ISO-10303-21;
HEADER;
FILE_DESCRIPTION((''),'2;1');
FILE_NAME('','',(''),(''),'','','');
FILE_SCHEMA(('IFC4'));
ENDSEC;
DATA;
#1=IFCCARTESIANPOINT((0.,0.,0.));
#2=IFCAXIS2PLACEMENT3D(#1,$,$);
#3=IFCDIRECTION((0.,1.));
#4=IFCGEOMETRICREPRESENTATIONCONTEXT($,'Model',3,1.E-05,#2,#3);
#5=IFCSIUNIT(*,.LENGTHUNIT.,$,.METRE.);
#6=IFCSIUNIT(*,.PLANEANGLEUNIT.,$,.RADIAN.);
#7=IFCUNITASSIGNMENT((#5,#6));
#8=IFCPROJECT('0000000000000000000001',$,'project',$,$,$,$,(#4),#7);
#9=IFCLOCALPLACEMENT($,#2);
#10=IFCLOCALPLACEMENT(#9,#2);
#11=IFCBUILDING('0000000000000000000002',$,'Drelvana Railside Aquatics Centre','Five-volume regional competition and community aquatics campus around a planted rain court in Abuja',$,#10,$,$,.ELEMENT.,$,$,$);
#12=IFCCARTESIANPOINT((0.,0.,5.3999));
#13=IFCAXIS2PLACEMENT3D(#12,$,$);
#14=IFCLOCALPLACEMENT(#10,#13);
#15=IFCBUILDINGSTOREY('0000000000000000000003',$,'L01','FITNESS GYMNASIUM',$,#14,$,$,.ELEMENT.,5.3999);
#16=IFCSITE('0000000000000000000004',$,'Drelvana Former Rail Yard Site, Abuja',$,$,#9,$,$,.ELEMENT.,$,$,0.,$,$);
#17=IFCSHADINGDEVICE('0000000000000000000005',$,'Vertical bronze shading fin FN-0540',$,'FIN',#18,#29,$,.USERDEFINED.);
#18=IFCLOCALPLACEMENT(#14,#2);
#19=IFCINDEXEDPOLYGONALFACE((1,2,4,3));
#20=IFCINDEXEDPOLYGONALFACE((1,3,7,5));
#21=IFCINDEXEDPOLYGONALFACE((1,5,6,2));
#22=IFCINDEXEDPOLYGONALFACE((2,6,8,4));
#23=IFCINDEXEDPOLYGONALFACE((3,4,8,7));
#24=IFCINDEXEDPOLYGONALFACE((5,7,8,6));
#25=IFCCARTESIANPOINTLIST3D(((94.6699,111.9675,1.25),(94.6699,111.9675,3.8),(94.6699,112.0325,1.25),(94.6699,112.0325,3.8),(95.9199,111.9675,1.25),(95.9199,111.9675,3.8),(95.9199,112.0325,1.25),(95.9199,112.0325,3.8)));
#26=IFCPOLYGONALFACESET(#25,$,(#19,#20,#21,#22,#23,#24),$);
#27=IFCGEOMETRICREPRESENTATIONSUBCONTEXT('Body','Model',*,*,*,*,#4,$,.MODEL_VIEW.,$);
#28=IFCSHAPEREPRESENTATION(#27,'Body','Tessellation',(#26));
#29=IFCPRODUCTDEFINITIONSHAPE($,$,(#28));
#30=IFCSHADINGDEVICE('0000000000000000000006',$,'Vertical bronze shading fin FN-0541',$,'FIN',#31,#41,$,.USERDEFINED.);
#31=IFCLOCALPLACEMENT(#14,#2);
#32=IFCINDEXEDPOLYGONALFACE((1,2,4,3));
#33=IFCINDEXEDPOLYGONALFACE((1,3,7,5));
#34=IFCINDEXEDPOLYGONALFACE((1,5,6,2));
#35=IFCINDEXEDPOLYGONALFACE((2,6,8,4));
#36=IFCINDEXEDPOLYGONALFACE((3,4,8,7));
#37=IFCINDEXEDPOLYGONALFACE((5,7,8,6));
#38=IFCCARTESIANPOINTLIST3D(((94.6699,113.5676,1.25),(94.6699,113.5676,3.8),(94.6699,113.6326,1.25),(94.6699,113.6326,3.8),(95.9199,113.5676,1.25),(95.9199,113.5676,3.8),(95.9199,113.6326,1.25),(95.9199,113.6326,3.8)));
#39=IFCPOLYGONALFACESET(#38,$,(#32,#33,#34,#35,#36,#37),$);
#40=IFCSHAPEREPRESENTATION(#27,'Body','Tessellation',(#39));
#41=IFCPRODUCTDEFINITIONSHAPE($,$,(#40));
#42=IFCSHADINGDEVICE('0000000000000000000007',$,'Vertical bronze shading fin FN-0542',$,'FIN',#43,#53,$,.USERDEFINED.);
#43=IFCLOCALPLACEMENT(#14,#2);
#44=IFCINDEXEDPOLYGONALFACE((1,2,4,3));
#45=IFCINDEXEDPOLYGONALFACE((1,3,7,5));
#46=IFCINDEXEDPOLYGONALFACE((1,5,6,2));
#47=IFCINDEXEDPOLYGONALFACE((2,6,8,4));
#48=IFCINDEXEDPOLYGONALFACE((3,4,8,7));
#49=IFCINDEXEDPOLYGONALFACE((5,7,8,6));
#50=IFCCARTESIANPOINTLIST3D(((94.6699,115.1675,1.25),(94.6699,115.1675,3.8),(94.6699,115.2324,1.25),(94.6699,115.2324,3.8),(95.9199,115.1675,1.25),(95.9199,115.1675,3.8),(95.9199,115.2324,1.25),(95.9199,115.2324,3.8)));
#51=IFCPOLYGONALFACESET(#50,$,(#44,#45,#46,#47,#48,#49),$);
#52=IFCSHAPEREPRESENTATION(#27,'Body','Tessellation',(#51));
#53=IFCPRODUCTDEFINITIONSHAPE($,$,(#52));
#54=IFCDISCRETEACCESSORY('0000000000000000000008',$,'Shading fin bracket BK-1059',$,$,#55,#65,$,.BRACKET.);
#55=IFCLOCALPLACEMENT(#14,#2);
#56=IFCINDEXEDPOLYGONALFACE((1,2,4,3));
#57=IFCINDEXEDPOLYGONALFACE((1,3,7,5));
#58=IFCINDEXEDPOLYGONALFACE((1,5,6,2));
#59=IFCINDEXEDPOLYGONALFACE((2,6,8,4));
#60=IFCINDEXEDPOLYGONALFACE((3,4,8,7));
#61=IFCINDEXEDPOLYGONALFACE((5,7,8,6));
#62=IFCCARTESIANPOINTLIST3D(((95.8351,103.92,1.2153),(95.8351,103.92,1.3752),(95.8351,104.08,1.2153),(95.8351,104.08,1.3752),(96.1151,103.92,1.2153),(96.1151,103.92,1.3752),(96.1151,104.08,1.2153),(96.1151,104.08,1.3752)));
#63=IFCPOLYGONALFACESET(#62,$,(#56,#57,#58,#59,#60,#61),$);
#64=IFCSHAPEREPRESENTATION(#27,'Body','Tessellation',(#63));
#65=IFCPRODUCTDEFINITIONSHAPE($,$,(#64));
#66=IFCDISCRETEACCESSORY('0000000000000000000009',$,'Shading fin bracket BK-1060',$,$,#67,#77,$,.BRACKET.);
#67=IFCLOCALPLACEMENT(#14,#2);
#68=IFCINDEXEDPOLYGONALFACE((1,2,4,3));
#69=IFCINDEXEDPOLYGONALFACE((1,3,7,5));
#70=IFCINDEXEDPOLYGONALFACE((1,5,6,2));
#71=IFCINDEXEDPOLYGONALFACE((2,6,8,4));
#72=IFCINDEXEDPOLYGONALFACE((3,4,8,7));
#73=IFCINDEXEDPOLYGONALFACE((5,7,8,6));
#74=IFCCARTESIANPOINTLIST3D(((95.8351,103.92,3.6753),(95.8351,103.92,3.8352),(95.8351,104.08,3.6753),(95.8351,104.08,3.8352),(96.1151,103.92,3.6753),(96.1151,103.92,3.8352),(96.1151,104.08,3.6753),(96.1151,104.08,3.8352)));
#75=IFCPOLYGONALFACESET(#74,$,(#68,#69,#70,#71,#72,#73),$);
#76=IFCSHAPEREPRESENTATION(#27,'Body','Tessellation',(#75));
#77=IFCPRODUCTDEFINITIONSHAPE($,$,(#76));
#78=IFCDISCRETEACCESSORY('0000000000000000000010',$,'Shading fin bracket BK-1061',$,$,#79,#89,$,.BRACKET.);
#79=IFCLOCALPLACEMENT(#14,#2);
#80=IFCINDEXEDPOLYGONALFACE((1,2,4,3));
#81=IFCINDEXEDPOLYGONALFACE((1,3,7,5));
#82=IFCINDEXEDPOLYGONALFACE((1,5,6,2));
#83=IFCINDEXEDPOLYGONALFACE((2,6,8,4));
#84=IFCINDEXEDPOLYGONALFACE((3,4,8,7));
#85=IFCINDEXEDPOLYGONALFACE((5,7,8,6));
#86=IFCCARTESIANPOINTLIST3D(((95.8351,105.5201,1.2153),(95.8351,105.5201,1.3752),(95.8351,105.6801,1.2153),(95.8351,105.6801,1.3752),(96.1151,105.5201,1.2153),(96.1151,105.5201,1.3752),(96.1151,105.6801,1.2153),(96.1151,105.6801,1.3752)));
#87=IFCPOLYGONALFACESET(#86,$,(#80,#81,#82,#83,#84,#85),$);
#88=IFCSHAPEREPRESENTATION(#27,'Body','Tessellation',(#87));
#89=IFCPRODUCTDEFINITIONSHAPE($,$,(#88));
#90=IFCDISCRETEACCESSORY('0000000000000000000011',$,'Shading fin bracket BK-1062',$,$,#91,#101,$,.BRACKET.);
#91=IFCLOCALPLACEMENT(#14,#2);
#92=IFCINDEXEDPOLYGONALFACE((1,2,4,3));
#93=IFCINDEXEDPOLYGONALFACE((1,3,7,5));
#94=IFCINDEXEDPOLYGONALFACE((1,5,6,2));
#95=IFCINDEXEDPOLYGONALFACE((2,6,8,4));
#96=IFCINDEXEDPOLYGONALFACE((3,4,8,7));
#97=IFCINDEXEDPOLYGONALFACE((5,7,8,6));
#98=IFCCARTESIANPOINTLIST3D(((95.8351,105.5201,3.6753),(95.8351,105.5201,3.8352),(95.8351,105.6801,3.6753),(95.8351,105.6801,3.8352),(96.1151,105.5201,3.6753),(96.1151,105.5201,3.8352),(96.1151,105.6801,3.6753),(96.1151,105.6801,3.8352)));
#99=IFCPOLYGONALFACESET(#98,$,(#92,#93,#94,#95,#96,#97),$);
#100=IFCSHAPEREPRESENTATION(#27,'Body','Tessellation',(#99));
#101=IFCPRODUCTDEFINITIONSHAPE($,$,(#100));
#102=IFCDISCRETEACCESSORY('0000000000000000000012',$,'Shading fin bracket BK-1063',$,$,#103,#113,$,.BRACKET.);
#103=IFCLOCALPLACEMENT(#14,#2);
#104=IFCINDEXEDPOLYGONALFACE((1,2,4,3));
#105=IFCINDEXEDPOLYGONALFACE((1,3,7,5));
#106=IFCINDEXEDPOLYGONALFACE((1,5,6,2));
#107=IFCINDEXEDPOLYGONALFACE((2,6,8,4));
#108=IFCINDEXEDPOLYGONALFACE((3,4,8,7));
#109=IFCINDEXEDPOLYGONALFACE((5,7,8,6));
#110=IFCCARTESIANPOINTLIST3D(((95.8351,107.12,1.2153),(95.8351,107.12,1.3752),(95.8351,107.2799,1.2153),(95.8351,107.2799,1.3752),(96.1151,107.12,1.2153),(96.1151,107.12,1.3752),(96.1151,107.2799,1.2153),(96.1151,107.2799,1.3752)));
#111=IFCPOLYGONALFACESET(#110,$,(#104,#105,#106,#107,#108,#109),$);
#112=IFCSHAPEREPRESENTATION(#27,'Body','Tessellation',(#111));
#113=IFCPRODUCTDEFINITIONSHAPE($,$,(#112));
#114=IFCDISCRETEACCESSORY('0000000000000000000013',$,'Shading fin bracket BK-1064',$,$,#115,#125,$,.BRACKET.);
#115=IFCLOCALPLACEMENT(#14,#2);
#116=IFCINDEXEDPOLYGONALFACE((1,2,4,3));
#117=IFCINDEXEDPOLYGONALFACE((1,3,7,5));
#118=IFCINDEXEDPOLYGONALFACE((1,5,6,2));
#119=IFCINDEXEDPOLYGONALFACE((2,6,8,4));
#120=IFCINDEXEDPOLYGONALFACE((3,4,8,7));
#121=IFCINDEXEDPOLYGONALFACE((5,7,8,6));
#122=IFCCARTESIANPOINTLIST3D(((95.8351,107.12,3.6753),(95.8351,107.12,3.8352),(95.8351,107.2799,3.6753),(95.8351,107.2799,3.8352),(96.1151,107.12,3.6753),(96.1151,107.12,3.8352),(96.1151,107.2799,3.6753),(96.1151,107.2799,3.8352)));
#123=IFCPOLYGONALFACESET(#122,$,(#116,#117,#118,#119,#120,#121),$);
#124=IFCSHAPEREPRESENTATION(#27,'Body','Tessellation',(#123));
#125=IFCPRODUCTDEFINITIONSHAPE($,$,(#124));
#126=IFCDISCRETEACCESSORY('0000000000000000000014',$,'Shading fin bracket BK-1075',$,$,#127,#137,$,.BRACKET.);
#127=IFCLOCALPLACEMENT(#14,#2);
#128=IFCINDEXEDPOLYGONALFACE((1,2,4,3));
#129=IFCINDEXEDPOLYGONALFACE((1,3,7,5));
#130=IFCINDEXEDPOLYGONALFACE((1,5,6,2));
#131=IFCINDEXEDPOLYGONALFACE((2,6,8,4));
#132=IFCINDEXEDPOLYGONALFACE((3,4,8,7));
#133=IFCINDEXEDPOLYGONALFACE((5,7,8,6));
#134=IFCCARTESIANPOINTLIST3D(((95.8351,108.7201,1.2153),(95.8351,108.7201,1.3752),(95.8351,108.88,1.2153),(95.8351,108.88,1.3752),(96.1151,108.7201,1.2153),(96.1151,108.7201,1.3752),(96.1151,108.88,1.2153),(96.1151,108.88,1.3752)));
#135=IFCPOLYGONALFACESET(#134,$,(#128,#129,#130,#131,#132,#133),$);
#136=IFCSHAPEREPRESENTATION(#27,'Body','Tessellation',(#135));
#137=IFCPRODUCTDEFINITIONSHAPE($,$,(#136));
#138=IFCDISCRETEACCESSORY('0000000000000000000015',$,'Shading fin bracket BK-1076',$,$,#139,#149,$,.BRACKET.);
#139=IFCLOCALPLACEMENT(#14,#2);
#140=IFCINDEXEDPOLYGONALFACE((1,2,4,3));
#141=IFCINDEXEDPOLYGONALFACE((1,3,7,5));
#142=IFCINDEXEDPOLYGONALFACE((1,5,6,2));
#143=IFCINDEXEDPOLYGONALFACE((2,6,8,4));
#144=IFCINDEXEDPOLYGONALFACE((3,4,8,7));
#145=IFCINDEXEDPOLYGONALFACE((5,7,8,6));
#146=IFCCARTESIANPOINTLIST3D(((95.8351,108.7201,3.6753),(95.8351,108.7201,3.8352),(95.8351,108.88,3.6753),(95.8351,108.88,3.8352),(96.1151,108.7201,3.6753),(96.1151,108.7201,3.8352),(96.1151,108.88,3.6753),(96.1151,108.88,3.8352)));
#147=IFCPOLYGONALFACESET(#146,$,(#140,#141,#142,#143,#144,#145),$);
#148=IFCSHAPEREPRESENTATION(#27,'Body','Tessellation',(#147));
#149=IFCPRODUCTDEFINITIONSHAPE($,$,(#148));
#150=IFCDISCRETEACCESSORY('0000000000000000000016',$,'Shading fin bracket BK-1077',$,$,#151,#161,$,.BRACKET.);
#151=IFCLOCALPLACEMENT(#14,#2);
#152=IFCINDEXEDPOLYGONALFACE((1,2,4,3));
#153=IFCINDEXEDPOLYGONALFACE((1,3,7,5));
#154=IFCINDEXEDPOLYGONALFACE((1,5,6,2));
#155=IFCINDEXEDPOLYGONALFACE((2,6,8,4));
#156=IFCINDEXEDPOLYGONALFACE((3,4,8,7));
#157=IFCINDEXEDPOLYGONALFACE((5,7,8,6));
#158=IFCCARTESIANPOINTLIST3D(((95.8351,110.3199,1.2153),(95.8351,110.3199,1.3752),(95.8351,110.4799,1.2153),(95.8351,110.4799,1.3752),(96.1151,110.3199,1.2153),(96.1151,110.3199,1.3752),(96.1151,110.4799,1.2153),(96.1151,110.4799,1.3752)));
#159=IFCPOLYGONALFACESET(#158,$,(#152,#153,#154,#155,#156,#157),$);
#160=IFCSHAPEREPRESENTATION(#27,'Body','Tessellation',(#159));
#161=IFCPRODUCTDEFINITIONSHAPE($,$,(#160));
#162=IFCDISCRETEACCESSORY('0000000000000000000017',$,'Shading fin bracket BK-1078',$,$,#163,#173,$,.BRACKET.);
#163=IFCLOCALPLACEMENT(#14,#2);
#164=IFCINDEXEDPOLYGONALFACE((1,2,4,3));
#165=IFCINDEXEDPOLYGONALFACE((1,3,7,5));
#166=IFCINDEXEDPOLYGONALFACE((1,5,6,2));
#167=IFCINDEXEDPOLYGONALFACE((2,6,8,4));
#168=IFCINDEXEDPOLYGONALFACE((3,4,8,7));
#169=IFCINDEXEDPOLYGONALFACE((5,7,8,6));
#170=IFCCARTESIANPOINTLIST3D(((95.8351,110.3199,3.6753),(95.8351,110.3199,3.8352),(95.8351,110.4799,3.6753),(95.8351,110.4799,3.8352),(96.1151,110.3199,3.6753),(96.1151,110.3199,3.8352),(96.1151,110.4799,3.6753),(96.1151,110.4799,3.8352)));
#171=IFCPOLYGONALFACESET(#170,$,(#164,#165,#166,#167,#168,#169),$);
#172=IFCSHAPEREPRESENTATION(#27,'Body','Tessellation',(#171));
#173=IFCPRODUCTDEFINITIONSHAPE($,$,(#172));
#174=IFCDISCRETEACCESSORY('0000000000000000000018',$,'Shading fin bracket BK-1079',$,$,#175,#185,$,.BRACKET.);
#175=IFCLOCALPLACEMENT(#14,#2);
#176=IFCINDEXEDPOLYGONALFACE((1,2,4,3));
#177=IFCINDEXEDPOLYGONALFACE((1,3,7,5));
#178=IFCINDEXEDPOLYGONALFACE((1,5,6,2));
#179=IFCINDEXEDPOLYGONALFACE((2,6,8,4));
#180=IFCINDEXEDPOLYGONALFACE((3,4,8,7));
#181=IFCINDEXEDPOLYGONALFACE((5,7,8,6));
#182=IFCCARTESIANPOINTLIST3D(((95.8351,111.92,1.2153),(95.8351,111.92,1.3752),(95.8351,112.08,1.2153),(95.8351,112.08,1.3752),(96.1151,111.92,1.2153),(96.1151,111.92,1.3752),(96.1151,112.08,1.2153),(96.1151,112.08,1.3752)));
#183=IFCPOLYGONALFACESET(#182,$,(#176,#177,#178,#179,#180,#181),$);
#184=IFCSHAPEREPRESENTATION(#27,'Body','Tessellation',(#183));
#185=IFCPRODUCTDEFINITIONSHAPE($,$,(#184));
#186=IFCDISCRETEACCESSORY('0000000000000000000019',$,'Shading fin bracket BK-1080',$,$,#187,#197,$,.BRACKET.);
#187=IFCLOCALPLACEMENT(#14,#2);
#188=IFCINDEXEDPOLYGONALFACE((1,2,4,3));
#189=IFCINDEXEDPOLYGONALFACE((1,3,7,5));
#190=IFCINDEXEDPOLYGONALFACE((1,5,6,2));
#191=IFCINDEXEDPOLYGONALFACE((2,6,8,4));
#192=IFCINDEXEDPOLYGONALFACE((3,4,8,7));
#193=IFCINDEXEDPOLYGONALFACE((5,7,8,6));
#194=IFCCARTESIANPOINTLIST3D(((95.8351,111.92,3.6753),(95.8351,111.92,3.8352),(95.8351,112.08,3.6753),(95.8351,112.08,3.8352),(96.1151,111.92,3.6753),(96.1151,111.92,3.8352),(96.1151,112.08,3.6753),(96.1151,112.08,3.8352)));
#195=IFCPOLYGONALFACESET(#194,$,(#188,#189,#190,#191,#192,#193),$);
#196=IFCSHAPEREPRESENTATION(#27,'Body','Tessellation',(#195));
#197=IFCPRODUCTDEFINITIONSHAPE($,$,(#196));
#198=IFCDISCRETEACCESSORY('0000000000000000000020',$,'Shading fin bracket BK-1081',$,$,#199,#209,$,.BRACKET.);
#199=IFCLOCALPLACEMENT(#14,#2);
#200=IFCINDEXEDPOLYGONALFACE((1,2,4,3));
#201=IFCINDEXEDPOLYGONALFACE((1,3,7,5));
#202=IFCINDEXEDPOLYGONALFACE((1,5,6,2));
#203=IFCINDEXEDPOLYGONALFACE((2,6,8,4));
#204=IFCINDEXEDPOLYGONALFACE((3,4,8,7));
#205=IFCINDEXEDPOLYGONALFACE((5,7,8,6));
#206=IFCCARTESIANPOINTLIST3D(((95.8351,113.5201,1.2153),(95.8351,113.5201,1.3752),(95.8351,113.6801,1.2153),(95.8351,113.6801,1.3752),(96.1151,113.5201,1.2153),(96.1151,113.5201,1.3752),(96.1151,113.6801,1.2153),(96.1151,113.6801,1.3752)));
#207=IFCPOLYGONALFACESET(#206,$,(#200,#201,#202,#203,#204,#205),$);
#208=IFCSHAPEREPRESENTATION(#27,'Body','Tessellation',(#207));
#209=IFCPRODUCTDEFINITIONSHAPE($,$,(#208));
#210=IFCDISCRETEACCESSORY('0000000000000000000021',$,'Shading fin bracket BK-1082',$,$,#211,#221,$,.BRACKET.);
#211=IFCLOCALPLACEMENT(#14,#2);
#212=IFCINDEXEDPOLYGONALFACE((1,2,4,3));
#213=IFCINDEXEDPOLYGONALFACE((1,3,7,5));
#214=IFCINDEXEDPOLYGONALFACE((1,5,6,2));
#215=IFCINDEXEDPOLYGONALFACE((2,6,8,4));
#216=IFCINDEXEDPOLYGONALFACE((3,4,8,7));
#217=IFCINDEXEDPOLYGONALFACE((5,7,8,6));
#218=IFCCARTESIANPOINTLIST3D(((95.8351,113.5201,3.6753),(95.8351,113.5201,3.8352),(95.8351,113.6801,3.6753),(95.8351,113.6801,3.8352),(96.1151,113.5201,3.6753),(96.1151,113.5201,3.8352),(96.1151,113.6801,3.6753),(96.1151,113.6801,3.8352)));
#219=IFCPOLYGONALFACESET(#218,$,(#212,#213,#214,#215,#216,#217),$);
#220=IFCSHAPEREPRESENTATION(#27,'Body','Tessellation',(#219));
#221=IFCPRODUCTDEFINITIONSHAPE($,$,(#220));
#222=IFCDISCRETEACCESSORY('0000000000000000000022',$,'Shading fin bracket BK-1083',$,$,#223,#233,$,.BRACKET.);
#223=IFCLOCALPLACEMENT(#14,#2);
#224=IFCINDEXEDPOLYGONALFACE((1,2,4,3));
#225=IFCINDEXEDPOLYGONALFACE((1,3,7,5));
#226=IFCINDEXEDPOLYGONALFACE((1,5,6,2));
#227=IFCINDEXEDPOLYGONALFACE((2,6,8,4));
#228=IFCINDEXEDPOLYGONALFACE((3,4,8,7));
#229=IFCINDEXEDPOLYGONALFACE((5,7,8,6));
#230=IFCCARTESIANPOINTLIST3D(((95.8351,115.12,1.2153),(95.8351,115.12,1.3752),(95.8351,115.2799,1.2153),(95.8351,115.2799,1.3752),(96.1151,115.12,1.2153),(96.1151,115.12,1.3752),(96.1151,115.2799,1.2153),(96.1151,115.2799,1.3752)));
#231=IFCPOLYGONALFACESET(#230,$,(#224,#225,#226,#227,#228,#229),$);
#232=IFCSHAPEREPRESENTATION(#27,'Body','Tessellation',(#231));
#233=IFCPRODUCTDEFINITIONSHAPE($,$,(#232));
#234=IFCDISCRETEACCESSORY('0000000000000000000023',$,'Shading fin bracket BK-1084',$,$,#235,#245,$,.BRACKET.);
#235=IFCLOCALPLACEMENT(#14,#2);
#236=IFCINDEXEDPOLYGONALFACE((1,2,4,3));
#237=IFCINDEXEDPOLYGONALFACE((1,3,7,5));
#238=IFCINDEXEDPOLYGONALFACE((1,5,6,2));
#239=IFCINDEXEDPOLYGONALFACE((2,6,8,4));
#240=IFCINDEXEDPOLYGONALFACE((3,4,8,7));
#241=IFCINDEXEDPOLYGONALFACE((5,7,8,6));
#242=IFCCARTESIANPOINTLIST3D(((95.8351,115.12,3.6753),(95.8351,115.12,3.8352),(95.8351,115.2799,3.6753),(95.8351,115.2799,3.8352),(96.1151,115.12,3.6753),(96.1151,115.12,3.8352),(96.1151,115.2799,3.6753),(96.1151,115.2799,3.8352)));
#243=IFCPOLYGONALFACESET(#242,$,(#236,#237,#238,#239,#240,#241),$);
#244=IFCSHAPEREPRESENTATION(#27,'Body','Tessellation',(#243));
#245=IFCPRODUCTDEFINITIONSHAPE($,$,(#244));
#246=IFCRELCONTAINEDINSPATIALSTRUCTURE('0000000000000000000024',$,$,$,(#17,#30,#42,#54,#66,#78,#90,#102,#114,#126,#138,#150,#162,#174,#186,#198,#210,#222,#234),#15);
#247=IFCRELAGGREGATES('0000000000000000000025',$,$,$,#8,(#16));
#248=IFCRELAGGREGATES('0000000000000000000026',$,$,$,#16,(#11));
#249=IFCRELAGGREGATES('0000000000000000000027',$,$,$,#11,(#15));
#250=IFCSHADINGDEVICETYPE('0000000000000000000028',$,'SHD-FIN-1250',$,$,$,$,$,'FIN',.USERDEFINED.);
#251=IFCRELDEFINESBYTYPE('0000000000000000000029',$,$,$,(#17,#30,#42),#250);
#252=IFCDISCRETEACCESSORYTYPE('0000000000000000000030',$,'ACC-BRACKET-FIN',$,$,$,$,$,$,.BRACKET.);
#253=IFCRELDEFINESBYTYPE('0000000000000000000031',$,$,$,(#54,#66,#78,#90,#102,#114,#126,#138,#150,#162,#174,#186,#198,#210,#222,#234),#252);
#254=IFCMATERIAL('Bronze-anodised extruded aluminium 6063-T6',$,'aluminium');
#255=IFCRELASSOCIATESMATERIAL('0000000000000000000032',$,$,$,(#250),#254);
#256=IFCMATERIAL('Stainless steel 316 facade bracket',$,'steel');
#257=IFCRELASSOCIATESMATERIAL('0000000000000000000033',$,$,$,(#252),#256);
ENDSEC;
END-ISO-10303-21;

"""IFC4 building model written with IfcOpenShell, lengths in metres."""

from ifc_helpers import new_model, si_unit, direction, frame, origin, origin_2d, place, context, subcontext, project, spatial, rectangle, extrude, material, type_object, element, save


model = new_model("IFC4")

# Units and contexts
model_context = context("Model", 3, precision=1e-05, world=origin(), true_north=direction((0.0, 1.0)))
body_context = subcontext(model_context, "Body", "Model", "MODEL_VIEW")
ifc_project = project(units=[si_unit("LENGTHUNIT", "METRE"), si_unit("PLANEANGLEUNIT", "RADIAN")], contexts=[model_context])

# Site, building, storey
site_placement = place(None, origin())
site = spatial("IfcSite", under=ifc_project, at=site_placement, Name="Drelvana Former Rail Yard Site, Abuja", CompositionType="ELEMENT", RefElevation=0.0)
building_placement = place(site_placement, origin())
building = spatial("IfcBuilding", under=site, at=building_placement, Name="Drelvana Railside Aquatics Centre", Description="Five-volume regional competition and community aquatics campus around a planted rain court in Abuja", CompositionType="ELEMENT")
storey_placement = place(building_placement, frame((0.0, 0.0, 5.3999)))
storey = spatial("IfcBuildingStorey", under=building, at=storey_placement, Name="L01", Description="FITNESS GYMNASIUM", CompositionType="ELEMENT", Elevation=5.3999)

# Shared definitions
ifc_material_1 = material(Name="Bronze-anodised extruded aluminium 6063-T6", Category="aluminium")

# Shading devices
shading_device_type = type_object("IfcShadingDeviceType", Name="SHD-FIN-1250", ElementType="FIN", PredefinedType="USERDEFINED", material=ifc_material_1)
for number, where, z_axis, x_axis, name in (
    (1, (95.2949, 112.0, 1.25), (0.0, 0.0, 1.0), (-1.0, 0.0, 0.0), "Vertical bronze shading fin FN-0540"),
    (2, (95.2949, 113.6001, 1.25), (0.0, 0.0, 1.0), (-1.0, 0.0, 0.0), "Vertical bronze shading fin FN-0541"),
    (3, (95.2949, 115.2, 1.25), (0.0, 0.0, 1.0), (-1.0, 0.0, 0.0), "Vertical bronze shading fin FN-0542"),
):
    element("IfcShadingDevice", number, at=place(storey_placement, frame(where, z_axis=z_axis, x_axis=x_axis)), inside=storey, type_object=shading_device_type, Name=name, ObjectType="FIN", PredefinedType="USERDEFINED", context=body_context, shape_type="SweptSolid", body=[
        extrude(rectangle(XDim=1.25, YDim=0.0649, at=origin_2d()), origin(), (0.0, 0.0, 1.0), 2.55),
    ])

# Discrete accessories
ifc_material_2 = material(Name="Stainless steel 316 facade bracket", Category="steel")
discrete_accessory_type = type_object("IfcDiscreteAccessoryType", Name="ACC-BRACKET-FIN", PredefinedType="BRACKET", material=ifc_material_2)
for number, where, z_axis, x_axis, name in (
    (4, (95.9751, 104.0, 1.2153), (0.0, 0.0, 1.0), (-1.0, 0.0, 0.0), "Shading fin bracket BK-1059"),
    (5, (95.9751, 104.0, 3.6753), (0.0, 0.0, 1.0), (-1.0, 0.0, 0.0), "Shading fin bracket BK-1060"),
    (6, (95.9751, 105.6001, 1.2153), (0.0, 0.0, 1.0), (-1.0, 0.0, 0.0), "Shading fin bracket BK-1061"),
    (7, (95.9751, 105.6001, 3.6753), (0.0, 0.0, 1.0), (-1.0, 0.0, 0.0), "Shading fin bracket BK-1062"),
    (8, (95.9751, 107.2, 1.2153), (0.0, 0.0, 1.0), (-1.0, 0.0, 0.0), "Shading fin bracket BK-1063"),
    (9, (95.9751, 107.2, 3.6753), (0.0, 0.0, 1.0), (-1.0, 0.0, 0.0), "Shading fin bracket BK-1064"),
    (10, (95.9751, 108.8, 1.2153), (0.0, 0.0, 1.0), (-1.0, 0.0, 0.0), "Shading fin bracket BK-1075"),
    (11, (95.9751, 108.8, 3.6753), (0.0, 0.0, 1.0), (-1.0, 0.0, 0.0), "Shading fin bracket BK-1076"),
    (12, (95.9751, 110.3999, 1.2153), (0.0, 0.0, 1.0), (-1.0, 0.0, 0.0), "Shading fin bracket BK-1077"),
    (13, (95.9751, 110.3999, 3.6753), (0.0, 0.0, 1.0), (-1.0, 0.0, 0.0), "Shading fin bracket BK-1078"),
    (14, (95.9751, 112.0, 1.2153), (0.0, 0.0, 1.0), (-1.0, 0.0, 0.0), "Shading fin bracket BK-1079"),
    (15, (95.9751, 112.0, 3.6753), (0.0, 0.0, 1.0), (-1.0, 0.0, 0.0), "Shading fin bracket BK-1080"),
    (16, (95.9751, 113.6001, 1.2153), (0.0, 0.0, 1.0), (-1.0, 0.0, 0.0), "Shading fin bracket BK-1081"),
    (17, (95.9751, 113.6001, 3.6753), (0.0, 0.0, 1.0), (-1.0, 0.0, 0.0), "Shading fin bracket BK-1082"),
    (18, (95.9751, 115.2, 1.2153), (0.0, 0.0, 1.0), (-1.0, 0.0, 0.0), "Shading fin bracket BK-1083"),
    (19, (95.9751, 115.2, 3.6753), (0.0, 0.0, 1.0), (-1.0, 0.0, 0.0), "Shading fin bracket BK-1084"),
):
    element("IfcDiscreteAccessory", number, at=place(storey_placement, frame(where, z_axis=z_axis, x_axis=x_axis)), inside=storey, type_object=discrete_accessory_type, Name=name, PredefinedType="BRACKET", context=body_context, shape_type="SweptSolid", body=[
        extrude(rectangle(XDim=0.28, YDim=0.1599, at=origin_2d()), origin(), (0.0, 0.0, 1.0), 0.1599),
    ])

save(model, "model.ifc")
